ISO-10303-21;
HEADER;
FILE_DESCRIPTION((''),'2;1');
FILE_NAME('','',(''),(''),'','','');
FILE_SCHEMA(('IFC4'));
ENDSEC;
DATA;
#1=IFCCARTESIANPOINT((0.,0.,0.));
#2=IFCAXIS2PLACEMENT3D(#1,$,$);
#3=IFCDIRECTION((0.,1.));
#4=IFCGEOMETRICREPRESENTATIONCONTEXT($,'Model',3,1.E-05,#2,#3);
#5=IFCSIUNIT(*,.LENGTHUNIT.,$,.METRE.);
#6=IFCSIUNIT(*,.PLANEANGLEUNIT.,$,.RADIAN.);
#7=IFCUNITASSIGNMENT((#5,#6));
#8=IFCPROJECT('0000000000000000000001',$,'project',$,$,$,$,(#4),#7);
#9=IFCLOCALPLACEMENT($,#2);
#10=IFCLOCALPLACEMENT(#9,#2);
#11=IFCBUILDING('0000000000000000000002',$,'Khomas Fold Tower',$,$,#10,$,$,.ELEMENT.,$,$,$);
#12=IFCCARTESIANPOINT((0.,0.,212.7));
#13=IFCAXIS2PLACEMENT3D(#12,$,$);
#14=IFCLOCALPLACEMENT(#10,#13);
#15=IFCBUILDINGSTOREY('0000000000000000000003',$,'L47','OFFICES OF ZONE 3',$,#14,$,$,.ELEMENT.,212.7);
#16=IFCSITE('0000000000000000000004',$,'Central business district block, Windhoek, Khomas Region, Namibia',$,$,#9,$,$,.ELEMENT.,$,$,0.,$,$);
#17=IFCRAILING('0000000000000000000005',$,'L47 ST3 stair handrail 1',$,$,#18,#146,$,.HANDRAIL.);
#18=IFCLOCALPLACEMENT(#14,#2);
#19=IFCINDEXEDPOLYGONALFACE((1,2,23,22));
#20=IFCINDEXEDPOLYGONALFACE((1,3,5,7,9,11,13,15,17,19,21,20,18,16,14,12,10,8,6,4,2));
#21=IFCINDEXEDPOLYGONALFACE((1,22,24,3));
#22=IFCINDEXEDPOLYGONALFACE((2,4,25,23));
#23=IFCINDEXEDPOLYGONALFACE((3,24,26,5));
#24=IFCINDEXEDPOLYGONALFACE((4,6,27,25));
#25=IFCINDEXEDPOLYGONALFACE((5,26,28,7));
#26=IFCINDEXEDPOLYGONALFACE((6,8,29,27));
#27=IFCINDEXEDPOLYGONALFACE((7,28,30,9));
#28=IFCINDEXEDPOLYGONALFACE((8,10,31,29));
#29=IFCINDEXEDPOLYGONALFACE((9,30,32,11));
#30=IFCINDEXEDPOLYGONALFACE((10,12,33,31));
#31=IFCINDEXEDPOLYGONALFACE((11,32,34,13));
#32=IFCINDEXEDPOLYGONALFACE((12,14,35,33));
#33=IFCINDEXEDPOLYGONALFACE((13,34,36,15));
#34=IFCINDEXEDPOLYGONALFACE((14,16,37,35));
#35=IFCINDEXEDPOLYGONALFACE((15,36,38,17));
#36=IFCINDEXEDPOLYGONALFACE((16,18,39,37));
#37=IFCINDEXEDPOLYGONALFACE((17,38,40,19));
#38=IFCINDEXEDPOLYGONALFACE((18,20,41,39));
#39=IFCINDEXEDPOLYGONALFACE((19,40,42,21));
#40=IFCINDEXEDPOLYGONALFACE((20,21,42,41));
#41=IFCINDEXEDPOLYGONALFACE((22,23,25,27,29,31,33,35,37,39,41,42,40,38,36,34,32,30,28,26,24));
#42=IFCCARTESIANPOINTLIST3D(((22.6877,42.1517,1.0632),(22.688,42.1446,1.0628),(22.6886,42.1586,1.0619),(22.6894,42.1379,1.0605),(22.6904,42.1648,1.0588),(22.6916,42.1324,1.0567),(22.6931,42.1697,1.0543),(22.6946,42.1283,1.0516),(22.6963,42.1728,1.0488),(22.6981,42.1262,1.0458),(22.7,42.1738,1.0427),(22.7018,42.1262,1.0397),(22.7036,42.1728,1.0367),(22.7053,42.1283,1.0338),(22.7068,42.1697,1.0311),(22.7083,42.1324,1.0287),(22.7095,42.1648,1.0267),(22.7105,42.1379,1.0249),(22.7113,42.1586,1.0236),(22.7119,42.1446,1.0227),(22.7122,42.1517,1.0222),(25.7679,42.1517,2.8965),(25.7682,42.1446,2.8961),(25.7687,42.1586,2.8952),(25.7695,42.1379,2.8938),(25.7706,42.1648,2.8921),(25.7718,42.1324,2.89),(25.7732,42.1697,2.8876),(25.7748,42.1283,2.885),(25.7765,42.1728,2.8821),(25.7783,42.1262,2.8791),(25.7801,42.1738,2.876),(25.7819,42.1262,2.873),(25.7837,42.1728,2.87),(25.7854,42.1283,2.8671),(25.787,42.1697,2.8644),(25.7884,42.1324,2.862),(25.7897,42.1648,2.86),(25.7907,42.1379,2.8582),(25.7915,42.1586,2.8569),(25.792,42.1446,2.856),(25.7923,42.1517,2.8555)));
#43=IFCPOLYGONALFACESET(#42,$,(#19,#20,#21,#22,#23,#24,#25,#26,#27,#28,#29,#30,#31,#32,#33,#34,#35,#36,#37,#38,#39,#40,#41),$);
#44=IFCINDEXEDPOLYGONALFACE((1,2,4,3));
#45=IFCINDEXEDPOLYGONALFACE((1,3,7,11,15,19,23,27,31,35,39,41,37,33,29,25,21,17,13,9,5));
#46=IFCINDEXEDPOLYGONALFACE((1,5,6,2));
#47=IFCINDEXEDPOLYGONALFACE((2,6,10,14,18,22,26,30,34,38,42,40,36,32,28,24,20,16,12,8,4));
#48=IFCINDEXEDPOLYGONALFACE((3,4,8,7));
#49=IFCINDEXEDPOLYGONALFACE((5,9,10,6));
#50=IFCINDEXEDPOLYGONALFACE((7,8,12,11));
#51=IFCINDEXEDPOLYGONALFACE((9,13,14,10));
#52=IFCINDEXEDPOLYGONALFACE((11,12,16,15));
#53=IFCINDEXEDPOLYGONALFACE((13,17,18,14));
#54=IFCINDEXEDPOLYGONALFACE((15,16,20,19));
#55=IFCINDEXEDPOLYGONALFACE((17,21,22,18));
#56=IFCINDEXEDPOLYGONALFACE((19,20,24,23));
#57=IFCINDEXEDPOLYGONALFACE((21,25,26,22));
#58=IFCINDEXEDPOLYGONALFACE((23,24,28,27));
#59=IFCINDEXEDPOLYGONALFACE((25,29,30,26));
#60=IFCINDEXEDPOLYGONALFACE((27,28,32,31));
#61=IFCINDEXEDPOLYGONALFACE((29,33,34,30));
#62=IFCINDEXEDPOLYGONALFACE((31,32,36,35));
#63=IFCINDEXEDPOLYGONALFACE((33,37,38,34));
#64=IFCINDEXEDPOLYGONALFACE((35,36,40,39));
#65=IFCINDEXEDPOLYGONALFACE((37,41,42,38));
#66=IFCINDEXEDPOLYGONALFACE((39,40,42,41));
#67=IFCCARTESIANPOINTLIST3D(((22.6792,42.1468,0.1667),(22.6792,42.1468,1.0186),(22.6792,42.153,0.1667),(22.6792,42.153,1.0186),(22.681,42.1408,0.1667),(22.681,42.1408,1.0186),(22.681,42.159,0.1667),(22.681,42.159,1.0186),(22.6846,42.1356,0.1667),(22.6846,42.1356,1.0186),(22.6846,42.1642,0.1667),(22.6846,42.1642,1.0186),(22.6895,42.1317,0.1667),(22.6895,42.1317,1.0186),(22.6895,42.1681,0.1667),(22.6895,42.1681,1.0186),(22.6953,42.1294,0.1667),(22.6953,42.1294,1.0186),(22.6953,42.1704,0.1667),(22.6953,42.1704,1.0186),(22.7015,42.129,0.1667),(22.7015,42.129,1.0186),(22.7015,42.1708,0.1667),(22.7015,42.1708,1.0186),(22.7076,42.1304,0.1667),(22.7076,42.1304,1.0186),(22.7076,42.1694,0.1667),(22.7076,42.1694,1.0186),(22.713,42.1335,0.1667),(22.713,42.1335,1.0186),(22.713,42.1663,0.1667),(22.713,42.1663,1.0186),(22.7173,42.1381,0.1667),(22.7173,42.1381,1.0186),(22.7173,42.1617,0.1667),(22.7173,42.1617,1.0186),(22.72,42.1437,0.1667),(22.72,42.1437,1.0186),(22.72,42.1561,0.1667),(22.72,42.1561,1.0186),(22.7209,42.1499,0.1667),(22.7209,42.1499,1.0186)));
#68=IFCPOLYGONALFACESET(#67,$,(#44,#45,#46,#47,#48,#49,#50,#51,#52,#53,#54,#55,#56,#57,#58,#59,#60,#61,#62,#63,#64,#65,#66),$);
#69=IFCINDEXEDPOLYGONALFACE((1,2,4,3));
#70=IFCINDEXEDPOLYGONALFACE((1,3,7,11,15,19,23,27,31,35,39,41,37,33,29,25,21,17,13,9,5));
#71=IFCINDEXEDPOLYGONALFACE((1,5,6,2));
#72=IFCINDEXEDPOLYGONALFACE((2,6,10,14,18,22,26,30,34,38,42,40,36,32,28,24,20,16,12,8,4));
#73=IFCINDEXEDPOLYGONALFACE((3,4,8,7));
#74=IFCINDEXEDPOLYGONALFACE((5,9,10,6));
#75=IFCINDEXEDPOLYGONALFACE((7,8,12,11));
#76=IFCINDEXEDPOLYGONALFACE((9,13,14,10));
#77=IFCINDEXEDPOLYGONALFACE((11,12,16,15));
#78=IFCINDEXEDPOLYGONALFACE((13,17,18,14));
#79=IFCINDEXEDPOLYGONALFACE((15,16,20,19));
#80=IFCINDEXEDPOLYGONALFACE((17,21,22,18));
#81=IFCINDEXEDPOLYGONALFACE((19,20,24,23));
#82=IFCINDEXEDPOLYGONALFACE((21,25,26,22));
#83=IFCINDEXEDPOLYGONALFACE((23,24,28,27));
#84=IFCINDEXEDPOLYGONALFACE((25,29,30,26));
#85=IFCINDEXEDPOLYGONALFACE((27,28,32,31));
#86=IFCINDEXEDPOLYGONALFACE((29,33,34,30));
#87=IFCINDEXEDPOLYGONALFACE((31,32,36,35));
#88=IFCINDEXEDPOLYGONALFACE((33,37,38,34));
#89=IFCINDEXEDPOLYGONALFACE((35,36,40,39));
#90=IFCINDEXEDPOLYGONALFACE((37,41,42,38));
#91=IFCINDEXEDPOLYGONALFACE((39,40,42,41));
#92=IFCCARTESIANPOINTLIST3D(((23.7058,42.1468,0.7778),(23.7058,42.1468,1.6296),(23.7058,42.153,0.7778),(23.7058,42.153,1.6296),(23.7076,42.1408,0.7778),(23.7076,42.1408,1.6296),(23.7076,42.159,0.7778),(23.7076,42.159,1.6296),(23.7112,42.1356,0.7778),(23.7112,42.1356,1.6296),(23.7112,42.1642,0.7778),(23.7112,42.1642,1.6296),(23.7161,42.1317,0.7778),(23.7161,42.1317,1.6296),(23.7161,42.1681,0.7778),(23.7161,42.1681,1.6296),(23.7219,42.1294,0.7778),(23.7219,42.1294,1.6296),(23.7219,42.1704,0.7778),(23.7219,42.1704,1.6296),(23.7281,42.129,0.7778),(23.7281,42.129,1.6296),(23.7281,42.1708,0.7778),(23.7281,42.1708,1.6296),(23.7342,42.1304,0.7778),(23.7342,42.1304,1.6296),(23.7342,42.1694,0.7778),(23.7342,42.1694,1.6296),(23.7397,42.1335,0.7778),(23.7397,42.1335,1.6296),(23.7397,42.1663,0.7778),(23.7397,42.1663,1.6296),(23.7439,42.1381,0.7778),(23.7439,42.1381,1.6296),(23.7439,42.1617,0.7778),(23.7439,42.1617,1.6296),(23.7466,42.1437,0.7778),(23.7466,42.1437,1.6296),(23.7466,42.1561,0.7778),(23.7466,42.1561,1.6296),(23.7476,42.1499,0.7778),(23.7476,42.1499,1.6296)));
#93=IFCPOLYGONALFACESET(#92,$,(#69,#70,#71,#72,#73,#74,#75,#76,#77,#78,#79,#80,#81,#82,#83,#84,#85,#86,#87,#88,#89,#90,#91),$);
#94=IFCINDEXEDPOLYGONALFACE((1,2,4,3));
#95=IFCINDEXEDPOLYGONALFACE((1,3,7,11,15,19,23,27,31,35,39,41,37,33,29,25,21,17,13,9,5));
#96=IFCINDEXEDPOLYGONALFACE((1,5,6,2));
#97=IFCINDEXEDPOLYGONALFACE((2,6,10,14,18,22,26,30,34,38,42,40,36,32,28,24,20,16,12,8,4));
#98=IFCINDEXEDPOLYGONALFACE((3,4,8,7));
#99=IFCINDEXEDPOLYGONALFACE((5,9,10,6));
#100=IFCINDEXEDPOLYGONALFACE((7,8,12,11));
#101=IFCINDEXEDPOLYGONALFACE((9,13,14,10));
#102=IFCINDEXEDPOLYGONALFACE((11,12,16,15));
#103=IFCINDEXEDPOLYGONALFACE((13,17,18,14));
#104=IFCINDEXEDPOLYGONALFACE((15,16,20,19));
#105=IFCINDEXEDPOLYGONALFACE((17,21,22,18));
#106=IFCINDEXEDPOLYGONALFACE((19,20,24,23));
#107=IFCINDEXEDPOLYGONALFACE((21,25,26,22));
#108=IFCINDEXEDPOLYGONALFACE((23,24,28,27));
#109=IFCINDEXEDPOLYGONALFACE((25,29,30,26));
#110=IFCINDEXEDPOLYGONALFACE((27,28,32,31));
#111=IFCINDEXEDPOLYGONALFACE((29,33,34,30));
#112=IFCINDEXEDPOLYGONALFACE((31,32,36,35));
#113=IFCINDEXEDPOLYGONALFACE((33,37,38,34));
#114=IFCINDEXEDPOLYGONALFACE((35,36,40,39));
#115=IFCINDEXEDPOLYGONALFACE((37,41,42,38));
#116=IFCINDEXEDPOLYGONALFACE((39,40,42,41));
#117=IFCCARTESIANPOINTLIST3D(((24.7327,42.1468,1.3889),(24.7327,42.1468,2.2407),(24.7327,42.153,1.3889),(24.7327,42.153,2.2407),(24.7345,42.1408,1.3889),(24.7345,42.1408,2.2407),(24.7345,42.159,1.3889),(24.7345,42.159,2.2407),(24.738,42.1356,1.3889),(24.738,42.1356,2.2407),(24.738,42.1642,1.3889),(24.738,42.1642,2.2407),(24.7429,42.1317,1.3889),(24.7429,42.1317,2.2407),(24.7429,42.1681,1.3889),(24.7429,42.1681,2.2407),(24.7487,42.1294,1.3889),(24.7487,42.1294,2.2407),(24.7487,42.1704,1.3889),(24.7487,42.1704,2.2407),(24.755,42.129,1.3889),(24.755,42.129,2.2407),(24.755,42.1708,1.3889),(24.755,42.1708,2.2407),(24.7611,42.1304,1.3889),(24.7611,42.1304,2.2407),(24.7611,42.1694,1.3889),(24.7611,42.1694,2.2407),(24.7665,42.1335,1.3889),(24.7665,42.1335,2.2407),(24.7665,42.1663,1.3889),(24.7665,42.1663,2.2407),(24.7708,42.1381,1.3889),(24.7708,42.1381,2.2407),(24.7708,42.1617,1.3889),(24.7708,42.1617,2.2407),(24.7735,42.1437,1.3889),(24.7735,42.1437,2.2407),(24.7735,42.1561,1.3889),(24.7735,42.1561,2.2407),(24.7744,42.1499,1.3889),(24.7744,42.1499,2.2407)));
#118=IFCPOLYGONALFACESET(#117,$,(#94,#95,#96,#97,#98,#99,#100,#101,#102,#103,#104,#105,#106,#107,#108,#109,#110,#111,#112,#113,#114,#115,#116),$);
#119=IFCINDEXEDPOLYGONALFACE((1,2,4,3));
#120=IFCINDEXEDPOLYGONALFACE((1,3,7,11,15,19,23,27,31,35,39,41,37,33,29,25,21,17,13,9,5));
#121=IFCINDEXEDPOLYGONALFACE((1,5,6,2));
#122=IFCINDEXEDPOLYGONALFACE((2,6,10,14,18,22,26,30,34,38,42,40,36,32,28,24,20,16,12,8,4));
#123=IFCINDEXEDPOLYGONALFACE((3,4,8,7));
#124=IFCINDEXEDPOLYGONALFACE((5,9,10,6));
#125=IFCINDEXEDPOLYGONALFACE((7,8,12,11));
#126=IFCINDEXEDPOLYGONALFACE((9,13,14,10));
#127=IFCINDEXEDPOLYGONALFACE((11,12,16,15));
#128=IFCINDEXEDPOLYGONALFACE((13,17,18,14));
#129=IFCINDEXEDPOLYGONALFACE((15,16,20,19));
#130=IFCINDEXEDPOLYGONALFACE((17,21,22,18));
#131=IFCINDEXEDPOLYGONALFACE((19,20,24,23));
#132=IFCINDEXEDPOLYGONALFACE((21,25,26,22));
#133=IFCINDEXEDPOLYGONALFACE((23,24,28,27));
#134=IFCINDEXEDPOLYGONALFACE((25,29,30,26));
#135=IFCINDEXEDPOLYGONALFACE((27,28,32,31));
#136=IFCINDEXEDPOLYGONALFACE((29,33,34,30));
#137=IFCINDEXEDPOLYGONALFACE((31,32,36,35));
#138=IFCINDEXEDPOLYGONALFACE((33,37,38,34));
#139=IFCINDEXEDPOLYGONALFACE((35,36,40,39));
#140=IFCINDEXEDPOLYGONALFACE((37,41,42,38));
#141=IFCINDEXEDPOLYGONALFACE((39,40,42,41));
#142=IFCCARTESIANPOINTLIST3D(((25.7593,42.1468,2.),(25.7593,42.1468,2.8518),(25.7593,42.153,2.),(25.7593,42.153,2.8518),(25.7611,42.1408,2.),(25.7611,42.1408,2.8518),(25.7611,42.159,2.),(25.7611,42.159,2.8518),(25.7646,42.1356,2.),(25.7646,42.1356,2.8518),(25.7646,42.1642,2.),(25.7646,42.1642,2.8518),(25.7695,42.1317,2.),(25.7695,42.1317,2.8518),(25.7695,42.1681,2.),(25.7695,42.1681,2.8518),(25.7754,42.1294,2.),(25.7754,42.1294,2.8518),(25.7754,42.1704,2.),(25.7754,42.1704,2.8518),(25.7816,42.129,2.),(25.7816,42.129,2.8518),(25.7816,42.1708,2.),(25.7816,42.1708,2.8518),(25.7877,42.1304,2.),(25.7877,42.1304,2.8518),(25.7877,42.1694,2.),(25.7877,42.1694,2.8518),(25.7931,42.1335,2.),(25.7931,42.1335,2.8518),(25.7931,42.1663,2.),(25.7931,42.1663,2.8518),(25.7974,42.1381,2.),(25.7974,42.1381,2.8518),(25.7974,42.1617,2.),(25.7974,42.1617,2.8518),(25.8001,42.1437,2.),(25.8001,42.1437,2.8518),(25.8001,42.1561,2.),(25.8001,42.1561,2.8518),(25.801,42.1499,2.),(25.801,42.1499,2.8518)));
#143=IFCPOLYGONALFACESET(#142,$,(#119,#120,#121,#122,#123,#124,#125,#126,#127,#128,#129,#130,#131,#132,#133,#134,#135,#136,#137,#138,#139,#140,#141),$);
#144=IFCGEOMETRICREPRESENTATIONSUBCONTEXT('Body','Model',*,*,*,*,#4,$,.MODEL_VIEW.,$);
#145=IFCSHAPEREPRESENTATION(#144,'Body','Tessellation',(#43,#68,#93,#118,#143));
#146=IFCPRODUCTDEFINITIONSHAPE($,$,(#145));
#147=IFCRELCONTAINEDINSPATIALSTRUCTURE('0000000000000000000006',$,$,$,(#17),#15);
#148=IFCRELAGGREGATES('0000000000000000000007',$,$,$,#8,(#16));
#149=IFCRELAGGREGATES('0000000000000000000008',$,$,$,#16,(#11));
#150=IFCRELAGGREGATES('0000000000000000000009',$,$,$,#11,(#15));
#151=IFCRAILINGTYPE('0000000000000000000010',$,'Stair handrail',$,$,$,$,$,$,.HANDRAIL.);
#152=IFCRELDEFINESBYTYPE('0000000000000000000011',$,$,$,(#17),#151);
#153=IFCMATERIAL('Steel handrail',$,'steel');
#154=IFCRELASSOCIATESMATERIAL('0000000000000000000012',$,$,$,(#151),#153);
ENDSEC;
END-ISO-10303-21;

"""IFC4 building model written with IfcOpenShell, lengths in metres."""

from ifc_helpers import new_model, si_unit, direction, frame, origin, origin_2d, place, context, subcontext, project, spatial, circle, extrude, source, transform, mapped, material, type_object, element, save


model = new_model("IFC4")

# Units and contexts
model_context = context("Model", 3, precision=1e-05, world=origin(), true_north=direction((0.0, 1.0)))
body_context = subcontext(model_context, "Body", "Model", "MODEL_VIEW")
ifc_project = project(units=[si_unit("LENGTHUNIT", "METRE"), si_unit("PLANEANGLEUNIT", "RADIAN")], contexts=[model_context])

# Site, building, storey
site_placement = place(None, origin())
site = spatial("IfcSite", under=ifc_project, at=site_placement, Name="Central business district block, Windhoek, Khomas Region, Namibia", CompositionType="ELEMENT", RefElevation=0.0)
building_placement = place(site_placement, origin())
building = spatial("IfcBuilding", under=site, at=building_placement, Name="Khomas Fold Tower", CompositionType="ELEMENT")
storey_placement = place(building_placement, frame((0.0, 0.0, 212.7)))
storey = spatial("IfcBuildingStorey", under=building, at=storey_placement, Name="L47", Description="OFFICES OF ZONE 3", CompositionType="ELEMENT", Elevation=212.7)

# Railing
ifc_material_1 = material(Name="Steel handrail", Category="steel")
railing_type_1 = type_object("IfcRailingType", Name="Stair handrail", PredefinedType="HANDRAIL", material=ifc_material_1)
shared_shape_1 = source(origin(), body_context, "Body", "SweptSolid", [
    extrude(circle(Radius=0.0239, at=origin_2d()), frame((0.0, 0.0, 0.876), z_axis=(0.859309, 0.0, 0.511458), x_axis=(0.0, 1.0, 0.0)), (0.0, 0.0, 1.0), 3.5845),
    extrude(circle(Radius=0.021, at=origin_2d()), origin(), (0.0, 0.0, 1.0), 0.8518),
    extrude(circle(Radius=0.021, at=origin_2d()), frame((1.0266, 0.0, 0.6111)), (0.0, 0.0, 1.0), 0.8518),
    extrude(circle(Radius=0.021, at=origin_2d()), frame((2.0535, 0.0, 1.2222)), (0.0, 0.0, 1.0), 0.8518),
    extrude(circle(Radius=0.021, at=origin_2d()), frame((3.0801, 0.0, 1.8333)), (0.0, 0.0, 1.0), 0.8518),
])
railing_1_placement = place(storey_placement, frame((22.7, 42.1499, 0.1667)))
element("IfcRailing", 1, at=railing_1_placement, inside=storey, type_object=railing_type_1, Name="L47 ST3 stair handrail 1", PredefinedType="HANDRAIL", context=body_context, shape_type="MappedRepresentation", body=[
    mapped(shared_shape_1, transform((0.0, 0.0, 0.0))),
])

save(model, "model.ifc")
